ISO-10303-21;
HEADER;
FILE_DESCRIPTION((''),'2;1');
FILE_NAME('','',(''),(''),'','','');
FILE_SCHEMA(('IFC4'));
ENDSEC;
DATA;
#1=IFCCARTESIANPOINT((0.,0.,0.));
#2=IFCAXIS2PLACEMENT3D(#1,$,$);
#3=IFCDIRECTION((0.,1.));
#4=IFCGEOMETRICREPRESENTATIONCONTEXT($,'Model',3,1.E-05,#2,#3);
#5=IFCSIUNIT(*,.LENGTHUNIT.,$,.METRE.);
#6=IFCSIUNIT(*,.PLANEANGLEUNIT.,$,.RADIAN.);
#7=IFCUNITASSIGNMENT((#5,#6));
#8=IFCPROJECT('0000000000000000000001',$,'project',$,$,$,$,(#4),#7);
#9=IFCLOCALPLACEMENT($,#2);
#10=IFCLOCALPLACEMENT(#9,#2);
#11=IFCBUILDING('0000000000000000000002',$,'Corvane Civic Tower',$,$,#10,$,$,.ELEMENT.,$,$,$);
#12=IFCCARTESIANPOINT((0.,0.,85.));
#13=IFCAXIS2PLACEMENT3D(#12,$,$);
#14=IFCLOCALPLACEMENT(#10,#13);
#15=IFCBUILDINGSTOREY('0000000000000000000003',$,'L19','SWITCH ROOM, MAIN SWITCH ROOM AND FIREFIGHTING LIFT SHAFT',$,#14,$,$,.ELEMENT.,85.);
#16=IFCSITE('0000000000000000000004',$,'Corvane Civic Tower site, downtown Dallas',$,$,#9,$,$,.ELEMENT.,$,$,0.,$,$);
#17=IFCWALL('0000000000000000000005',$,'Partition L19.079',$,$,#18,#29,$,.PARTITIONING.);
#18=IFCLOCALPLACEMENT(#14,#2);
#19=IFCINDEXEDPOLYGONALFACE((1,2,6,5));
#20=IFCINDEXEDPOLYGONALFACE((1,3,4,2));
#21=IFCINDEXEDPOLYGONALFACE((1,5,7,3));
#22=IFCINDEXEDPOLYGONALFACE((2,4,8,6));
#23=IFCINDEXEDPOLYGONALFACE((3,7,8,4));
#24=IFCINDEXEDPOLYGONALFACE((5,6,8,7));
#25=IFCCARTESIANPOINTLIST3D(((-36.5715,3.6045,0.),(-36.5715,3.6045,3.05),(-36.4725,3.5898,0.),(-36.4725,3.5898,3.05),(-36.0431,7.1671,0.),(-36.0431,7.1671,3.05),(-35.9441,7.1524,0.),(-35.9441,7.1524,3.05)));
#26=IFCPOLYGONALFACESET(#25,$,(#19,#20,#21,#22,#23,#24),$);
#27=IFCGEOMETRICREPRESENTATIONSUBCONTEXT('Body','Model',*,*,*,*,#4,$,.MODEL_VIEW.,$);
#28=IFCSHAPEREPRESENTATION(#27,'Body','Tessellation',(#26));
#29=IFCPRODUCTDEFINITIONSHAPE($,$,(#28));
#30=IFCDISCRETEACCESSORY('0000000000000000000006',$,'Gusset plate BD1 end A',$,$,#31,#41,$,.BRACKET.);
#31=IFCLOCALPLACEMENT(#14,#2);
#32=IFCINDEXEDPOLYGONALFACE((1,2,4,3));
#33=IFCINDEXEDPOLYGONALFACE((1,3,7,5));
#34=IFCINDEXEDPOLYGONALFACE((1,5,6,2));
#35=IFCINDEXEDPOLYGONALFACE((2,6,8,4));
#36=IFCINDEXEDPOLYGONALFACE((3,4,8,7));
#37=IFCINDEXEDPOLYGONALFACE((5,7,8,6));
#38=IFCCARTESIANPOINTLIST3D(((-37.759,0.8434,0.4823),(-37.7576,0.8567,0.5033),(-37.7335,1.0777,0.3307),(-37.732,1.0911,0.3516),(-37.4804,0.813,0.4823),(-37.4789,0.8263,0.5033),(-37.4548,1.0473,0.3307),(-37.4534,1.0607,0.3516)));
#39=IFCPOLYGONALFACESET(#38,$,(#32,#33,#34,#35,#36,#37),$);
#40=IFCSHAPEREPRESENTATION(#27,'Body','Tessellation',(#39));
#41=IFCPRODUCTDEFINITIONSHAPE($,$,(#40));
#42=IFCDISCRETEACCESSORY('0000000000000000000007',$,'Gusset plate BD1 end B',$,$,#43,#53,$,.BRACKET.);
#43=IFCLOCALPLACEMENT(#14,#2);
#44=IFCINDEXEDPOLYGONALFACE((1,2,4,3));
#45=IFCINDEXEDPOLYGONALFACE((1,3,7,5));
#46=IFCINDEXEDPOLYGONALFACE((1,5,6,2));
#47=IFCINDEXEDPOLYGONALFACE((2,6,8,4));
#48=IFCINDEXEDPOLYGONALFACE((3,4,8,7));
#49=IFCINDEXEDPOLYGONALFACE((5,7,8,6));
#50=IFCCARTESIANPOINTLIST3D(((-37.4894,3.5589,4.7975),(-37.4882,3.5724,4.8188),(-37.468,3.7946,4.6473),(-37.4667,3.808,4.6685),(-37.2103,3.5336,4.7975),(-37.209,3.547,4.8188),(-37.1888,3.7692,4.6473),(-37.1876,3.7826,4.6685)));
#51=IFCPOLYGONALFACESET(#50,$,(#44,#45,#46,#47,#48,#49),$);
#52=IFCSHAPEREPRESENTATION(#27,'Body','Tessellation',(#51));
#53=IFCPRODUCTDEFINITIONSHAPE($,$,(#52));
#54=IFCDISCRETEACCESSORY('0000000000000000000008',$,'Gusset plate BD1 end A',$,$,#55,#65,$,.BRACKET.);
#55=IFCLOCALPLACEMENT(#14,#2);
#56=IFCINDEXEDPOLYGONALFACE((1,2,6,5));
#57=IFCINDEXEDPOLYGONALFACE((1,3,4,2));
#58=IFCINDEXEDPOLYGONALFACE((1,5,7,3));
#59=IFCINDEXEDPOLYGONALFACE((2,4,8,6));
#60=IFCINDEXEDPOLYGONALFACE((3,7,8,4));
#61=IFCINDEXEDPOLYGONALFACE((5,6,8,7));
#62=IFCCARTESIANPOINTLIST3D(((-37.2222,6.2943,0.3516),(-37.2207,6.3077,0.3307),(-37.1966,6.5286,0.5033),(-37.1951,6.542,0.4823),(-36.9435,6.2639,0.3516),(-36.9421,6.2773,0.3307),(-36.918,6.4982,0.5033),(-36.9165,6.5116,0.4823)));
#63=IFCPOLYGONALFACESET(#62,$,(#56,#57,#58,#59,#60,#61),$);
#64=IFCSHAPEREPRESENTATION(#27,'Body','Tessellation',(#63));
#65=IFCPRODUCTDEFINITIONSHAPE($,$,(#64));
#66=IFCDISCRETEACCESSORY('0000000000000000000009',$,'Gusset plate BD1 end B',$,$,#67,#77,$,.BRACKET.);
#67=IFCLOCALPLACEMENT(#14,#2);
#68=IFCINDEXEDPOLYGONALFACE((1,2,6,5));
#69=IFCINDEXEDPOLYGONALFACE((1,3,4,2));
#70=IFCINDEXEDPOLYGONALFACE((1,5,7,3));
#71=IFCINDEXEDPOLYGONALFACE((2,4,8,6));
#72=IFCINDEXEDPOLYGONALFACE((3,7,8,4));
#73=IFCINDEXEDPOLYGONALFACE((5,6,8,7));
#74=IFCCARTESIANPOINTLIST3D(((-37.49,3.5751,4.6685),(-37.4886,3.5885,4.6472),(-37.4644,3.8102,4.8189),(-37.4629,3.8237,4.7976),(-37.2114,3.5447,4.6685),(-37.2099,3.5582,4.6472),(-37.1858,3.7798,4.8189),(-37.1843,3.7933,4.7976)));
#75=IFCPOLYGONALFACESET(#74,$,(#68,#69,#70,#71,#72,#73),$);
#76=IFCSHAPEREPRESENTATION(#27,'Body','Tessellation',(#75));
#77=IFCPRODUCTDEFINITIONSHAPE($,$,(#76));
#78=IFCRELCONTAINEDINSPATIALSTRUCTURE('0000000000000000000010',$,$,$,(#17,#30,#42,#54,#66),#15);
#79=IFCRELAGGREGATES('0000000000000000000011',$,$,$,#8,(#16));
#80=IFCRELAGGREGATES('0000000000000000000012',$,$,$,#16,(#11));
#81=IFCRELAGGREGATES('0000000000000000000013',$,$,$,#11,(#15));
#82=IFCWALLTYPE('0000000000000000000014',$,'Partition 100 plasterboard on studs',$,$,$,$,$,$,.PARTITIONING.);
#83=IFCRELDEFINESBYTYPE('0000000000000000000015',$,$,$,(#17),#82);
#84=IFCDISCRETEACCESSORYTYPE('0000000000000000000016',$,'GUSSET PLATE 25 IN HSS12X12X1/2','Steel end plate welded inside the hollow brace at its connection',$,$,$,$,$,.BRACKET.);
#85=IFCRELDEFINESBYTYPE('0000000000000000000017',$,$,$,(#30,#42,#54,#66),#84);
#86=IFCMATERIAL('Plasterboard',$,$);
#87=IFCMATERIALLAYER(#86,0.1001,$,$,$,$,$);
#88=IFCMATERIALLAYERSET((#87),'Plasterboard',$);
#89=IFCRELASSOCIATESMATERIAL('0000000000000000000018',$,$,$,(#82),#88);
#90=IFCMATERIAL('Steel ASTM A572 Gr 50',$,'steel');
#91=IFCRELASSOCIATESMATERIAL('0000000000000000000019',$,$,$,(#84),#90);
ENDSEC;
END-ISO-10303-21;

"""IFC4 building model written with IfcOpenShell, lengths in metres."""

from ifc_helpers import new_model, si_unit, direction, frame, frame_2d, origin, origin_2d, place, context, subcontext, project, spatial, rectangle, extrude, material, layer, layer_set, material_profile, profile_set, type_object, element, save


model = new_model("IFC4")

# Units and contexts
model_context = context("Model", 3, precision=1e-05, world=origin(), true_north=direction((0.0, 1.0)))
body_context = subcontext(model_context, "Body", "Model", "MODEL_VIEW")
ifc_project = project(units=[si_unit("LENGTHUNIT", "METRE"), si_unit("PLANEANGLEUNIT", "RADIAN")], contexts=[model_context])

# Site, building, storey
site_placement = place(None, origin())
site = spatial("IfcSite", under=ifc_project, at=site_placement, Name="Corvane Civic Tower site, downtown Dallas", CompositionType="ELEMENT", RefElevation=0.0)
building_placement = place(site_placement, origin())
building = spatial("IfcBuilding", under=site, at=building_placement, Name="Corvane Civic Tower", CompositionType="ELEMENT")
storey_placement = place(building_placement, frame((0.0, 0.0, 85.0)))
storey = spatial("IfcBuildingStorey", under=building, at=storey_placement, Name="L19", Description="SWITCH ROOM, MAIN SWITCH ROOM AND FIREFIGHTING LIFT SHAFT", CompositionType="ELEMENT", Elevation=85.0)

# Wall
ifc_material_1 = material(Name="Plasterboard")
ifc_layer = layer(ifc_material_1, 0.1001)
ifc_layer_set = layer_set([ifc_layer], Name="Plasterboard")
wall_type = type_object("IfcWallType", Name="Partition 100 plasterboard on studs", PredefinedType="PARTITIONING", material=ifc_layer_set)
wall_1_placement = place(storey_placement, frame((-36.522, 3.5972, 0.0), z_axis=(0.0, 0.0, 1.0), x_axis=(0.146696, 0.989182, 0.0)))
element("IfcWall", 1, at=wall_1_placement, inside=storey, type_object=wall_type, Name="Partition L19.079", PredefinedType="PARTITIONING", context=body_context, shape_type="SweptSolid", body=[
    extrude(rectangle(XDim=3.6016, YDim=0.1001, at=frame_2d((1.8008, 0.0))), origin(), (0.0, 0.0, 1.0), 3.05),
])

# Discrete accessories
ifc_material_2 = material(Name="Steel ASTM A572 Gr 50", Category="steel")
ifc_material_profile_1 = material_profile(ifc_material_2, rectangle(XDim=0.2803, YDim=0.2803, at=origin_2d()), Name="GUSSET PLATE 25 IN HSS12X12X1/2")
ifc_profile_set_1 = profile_set([ifc_material_profile_1], Name="Steel ASTM A572 Gr 50")
discrete_accessory_type = type_object("IfcDiscreteAccessoryType", Name="GUSSET PLATE 25 IN HSS12X12X1/2", Description="Steel end plate welded inside the hollow brace at its connection", PredefinedType="BRACKET", material=ifc_profile_set_1)
discrete_accessory_1_placement = place(storey_placement, frame((-37.6069, 0.9453, 0.4065), z_axis=(0.058674, 0.537847, 0.840998), x_axis=(-0.994102, 0.108448, 0.0)))
element("IfcDiscreteAccessory", 2, at=discrete_accessory_1_placement, inside=storey, type_object=discrete_accessory_type, Name="Gusset plate BD1 end A", PredefinedType="BRACKET", context=body_context, shape_type="SweptSolid", body=[
    extrude(rectangle(XDim=0.2803, YDim=0.2803, at=origin_2d()), origin(), (0.0, 0.0, 1.0), 0.0249),
])
discrete_accessory_2_placement = place(storey_placement, frame((-37.3379, 3.6775, 4.7437), z_axis=(-0.048521, -0.533729, -0.844262), x_axis=(0.995893, -0.090536, 0.0)))
element("IfcDiscreteAccessory", 3, at=discrete_accessory_2_placement, inside=storey, type_object=discrete_accessory_type, Name="Gusset plate BD1 end B", PredefinedType="BRACKET", context=body_context, shape_type="SweptSolid", body=[
    extrude(rectangle(XDim=0.2803, YDim=0.2803, at=origin_2d()), origin(), (0.0, 0.0, 1.0), 0.0251),
])
discrete_accessory_3_placement = place(storey_placement, frame((-37.0686, 6.4097, 0.4065), z_axis=(-0.058674, -0.537847, 0.840998), x_axis=(0.994102, -0.108448, 0.0)))
element("IfcDiscreteAccessory", 4, at=discrete_accessory_3_placement, inside=storey, type_object=discrete_accessory_type, Name="Gusset plate BD1 end A", PredefinedType="BRACKET", context=body_context, shape_type="SweptSolid", body=[
    extrude(rectangle(XDim=0.2803, YDim=0.2803, at=origin_2d()), origin(), (0.0, 0.0, 1.0), 0.0249),
])
discrete_accessory_4_placement = place(storey_placement, frame((-37.3379, 3.6775, 4.7437), z_axis=(0.058195, 0.533453, -0.843825), x_axis=(-0.994102, 0.108448, 0.0)))
element("IfcDiscreteAccessory", 5, at=discrete_accessory_4_placement, inside=storey, type_object=discrete_accessory_type, Name="Gusset plate BD1 end B", PredefinedType="BRACKET", context=body_context, shape_type="SweptSolid", body=[
    extrude(rectangle(XDim=0.2803, YDim=0.2803, at=origin_2d()), origin(), (0.0, 0.0, 1.0), 0.0251),
])

save(model, "model.ifc")
